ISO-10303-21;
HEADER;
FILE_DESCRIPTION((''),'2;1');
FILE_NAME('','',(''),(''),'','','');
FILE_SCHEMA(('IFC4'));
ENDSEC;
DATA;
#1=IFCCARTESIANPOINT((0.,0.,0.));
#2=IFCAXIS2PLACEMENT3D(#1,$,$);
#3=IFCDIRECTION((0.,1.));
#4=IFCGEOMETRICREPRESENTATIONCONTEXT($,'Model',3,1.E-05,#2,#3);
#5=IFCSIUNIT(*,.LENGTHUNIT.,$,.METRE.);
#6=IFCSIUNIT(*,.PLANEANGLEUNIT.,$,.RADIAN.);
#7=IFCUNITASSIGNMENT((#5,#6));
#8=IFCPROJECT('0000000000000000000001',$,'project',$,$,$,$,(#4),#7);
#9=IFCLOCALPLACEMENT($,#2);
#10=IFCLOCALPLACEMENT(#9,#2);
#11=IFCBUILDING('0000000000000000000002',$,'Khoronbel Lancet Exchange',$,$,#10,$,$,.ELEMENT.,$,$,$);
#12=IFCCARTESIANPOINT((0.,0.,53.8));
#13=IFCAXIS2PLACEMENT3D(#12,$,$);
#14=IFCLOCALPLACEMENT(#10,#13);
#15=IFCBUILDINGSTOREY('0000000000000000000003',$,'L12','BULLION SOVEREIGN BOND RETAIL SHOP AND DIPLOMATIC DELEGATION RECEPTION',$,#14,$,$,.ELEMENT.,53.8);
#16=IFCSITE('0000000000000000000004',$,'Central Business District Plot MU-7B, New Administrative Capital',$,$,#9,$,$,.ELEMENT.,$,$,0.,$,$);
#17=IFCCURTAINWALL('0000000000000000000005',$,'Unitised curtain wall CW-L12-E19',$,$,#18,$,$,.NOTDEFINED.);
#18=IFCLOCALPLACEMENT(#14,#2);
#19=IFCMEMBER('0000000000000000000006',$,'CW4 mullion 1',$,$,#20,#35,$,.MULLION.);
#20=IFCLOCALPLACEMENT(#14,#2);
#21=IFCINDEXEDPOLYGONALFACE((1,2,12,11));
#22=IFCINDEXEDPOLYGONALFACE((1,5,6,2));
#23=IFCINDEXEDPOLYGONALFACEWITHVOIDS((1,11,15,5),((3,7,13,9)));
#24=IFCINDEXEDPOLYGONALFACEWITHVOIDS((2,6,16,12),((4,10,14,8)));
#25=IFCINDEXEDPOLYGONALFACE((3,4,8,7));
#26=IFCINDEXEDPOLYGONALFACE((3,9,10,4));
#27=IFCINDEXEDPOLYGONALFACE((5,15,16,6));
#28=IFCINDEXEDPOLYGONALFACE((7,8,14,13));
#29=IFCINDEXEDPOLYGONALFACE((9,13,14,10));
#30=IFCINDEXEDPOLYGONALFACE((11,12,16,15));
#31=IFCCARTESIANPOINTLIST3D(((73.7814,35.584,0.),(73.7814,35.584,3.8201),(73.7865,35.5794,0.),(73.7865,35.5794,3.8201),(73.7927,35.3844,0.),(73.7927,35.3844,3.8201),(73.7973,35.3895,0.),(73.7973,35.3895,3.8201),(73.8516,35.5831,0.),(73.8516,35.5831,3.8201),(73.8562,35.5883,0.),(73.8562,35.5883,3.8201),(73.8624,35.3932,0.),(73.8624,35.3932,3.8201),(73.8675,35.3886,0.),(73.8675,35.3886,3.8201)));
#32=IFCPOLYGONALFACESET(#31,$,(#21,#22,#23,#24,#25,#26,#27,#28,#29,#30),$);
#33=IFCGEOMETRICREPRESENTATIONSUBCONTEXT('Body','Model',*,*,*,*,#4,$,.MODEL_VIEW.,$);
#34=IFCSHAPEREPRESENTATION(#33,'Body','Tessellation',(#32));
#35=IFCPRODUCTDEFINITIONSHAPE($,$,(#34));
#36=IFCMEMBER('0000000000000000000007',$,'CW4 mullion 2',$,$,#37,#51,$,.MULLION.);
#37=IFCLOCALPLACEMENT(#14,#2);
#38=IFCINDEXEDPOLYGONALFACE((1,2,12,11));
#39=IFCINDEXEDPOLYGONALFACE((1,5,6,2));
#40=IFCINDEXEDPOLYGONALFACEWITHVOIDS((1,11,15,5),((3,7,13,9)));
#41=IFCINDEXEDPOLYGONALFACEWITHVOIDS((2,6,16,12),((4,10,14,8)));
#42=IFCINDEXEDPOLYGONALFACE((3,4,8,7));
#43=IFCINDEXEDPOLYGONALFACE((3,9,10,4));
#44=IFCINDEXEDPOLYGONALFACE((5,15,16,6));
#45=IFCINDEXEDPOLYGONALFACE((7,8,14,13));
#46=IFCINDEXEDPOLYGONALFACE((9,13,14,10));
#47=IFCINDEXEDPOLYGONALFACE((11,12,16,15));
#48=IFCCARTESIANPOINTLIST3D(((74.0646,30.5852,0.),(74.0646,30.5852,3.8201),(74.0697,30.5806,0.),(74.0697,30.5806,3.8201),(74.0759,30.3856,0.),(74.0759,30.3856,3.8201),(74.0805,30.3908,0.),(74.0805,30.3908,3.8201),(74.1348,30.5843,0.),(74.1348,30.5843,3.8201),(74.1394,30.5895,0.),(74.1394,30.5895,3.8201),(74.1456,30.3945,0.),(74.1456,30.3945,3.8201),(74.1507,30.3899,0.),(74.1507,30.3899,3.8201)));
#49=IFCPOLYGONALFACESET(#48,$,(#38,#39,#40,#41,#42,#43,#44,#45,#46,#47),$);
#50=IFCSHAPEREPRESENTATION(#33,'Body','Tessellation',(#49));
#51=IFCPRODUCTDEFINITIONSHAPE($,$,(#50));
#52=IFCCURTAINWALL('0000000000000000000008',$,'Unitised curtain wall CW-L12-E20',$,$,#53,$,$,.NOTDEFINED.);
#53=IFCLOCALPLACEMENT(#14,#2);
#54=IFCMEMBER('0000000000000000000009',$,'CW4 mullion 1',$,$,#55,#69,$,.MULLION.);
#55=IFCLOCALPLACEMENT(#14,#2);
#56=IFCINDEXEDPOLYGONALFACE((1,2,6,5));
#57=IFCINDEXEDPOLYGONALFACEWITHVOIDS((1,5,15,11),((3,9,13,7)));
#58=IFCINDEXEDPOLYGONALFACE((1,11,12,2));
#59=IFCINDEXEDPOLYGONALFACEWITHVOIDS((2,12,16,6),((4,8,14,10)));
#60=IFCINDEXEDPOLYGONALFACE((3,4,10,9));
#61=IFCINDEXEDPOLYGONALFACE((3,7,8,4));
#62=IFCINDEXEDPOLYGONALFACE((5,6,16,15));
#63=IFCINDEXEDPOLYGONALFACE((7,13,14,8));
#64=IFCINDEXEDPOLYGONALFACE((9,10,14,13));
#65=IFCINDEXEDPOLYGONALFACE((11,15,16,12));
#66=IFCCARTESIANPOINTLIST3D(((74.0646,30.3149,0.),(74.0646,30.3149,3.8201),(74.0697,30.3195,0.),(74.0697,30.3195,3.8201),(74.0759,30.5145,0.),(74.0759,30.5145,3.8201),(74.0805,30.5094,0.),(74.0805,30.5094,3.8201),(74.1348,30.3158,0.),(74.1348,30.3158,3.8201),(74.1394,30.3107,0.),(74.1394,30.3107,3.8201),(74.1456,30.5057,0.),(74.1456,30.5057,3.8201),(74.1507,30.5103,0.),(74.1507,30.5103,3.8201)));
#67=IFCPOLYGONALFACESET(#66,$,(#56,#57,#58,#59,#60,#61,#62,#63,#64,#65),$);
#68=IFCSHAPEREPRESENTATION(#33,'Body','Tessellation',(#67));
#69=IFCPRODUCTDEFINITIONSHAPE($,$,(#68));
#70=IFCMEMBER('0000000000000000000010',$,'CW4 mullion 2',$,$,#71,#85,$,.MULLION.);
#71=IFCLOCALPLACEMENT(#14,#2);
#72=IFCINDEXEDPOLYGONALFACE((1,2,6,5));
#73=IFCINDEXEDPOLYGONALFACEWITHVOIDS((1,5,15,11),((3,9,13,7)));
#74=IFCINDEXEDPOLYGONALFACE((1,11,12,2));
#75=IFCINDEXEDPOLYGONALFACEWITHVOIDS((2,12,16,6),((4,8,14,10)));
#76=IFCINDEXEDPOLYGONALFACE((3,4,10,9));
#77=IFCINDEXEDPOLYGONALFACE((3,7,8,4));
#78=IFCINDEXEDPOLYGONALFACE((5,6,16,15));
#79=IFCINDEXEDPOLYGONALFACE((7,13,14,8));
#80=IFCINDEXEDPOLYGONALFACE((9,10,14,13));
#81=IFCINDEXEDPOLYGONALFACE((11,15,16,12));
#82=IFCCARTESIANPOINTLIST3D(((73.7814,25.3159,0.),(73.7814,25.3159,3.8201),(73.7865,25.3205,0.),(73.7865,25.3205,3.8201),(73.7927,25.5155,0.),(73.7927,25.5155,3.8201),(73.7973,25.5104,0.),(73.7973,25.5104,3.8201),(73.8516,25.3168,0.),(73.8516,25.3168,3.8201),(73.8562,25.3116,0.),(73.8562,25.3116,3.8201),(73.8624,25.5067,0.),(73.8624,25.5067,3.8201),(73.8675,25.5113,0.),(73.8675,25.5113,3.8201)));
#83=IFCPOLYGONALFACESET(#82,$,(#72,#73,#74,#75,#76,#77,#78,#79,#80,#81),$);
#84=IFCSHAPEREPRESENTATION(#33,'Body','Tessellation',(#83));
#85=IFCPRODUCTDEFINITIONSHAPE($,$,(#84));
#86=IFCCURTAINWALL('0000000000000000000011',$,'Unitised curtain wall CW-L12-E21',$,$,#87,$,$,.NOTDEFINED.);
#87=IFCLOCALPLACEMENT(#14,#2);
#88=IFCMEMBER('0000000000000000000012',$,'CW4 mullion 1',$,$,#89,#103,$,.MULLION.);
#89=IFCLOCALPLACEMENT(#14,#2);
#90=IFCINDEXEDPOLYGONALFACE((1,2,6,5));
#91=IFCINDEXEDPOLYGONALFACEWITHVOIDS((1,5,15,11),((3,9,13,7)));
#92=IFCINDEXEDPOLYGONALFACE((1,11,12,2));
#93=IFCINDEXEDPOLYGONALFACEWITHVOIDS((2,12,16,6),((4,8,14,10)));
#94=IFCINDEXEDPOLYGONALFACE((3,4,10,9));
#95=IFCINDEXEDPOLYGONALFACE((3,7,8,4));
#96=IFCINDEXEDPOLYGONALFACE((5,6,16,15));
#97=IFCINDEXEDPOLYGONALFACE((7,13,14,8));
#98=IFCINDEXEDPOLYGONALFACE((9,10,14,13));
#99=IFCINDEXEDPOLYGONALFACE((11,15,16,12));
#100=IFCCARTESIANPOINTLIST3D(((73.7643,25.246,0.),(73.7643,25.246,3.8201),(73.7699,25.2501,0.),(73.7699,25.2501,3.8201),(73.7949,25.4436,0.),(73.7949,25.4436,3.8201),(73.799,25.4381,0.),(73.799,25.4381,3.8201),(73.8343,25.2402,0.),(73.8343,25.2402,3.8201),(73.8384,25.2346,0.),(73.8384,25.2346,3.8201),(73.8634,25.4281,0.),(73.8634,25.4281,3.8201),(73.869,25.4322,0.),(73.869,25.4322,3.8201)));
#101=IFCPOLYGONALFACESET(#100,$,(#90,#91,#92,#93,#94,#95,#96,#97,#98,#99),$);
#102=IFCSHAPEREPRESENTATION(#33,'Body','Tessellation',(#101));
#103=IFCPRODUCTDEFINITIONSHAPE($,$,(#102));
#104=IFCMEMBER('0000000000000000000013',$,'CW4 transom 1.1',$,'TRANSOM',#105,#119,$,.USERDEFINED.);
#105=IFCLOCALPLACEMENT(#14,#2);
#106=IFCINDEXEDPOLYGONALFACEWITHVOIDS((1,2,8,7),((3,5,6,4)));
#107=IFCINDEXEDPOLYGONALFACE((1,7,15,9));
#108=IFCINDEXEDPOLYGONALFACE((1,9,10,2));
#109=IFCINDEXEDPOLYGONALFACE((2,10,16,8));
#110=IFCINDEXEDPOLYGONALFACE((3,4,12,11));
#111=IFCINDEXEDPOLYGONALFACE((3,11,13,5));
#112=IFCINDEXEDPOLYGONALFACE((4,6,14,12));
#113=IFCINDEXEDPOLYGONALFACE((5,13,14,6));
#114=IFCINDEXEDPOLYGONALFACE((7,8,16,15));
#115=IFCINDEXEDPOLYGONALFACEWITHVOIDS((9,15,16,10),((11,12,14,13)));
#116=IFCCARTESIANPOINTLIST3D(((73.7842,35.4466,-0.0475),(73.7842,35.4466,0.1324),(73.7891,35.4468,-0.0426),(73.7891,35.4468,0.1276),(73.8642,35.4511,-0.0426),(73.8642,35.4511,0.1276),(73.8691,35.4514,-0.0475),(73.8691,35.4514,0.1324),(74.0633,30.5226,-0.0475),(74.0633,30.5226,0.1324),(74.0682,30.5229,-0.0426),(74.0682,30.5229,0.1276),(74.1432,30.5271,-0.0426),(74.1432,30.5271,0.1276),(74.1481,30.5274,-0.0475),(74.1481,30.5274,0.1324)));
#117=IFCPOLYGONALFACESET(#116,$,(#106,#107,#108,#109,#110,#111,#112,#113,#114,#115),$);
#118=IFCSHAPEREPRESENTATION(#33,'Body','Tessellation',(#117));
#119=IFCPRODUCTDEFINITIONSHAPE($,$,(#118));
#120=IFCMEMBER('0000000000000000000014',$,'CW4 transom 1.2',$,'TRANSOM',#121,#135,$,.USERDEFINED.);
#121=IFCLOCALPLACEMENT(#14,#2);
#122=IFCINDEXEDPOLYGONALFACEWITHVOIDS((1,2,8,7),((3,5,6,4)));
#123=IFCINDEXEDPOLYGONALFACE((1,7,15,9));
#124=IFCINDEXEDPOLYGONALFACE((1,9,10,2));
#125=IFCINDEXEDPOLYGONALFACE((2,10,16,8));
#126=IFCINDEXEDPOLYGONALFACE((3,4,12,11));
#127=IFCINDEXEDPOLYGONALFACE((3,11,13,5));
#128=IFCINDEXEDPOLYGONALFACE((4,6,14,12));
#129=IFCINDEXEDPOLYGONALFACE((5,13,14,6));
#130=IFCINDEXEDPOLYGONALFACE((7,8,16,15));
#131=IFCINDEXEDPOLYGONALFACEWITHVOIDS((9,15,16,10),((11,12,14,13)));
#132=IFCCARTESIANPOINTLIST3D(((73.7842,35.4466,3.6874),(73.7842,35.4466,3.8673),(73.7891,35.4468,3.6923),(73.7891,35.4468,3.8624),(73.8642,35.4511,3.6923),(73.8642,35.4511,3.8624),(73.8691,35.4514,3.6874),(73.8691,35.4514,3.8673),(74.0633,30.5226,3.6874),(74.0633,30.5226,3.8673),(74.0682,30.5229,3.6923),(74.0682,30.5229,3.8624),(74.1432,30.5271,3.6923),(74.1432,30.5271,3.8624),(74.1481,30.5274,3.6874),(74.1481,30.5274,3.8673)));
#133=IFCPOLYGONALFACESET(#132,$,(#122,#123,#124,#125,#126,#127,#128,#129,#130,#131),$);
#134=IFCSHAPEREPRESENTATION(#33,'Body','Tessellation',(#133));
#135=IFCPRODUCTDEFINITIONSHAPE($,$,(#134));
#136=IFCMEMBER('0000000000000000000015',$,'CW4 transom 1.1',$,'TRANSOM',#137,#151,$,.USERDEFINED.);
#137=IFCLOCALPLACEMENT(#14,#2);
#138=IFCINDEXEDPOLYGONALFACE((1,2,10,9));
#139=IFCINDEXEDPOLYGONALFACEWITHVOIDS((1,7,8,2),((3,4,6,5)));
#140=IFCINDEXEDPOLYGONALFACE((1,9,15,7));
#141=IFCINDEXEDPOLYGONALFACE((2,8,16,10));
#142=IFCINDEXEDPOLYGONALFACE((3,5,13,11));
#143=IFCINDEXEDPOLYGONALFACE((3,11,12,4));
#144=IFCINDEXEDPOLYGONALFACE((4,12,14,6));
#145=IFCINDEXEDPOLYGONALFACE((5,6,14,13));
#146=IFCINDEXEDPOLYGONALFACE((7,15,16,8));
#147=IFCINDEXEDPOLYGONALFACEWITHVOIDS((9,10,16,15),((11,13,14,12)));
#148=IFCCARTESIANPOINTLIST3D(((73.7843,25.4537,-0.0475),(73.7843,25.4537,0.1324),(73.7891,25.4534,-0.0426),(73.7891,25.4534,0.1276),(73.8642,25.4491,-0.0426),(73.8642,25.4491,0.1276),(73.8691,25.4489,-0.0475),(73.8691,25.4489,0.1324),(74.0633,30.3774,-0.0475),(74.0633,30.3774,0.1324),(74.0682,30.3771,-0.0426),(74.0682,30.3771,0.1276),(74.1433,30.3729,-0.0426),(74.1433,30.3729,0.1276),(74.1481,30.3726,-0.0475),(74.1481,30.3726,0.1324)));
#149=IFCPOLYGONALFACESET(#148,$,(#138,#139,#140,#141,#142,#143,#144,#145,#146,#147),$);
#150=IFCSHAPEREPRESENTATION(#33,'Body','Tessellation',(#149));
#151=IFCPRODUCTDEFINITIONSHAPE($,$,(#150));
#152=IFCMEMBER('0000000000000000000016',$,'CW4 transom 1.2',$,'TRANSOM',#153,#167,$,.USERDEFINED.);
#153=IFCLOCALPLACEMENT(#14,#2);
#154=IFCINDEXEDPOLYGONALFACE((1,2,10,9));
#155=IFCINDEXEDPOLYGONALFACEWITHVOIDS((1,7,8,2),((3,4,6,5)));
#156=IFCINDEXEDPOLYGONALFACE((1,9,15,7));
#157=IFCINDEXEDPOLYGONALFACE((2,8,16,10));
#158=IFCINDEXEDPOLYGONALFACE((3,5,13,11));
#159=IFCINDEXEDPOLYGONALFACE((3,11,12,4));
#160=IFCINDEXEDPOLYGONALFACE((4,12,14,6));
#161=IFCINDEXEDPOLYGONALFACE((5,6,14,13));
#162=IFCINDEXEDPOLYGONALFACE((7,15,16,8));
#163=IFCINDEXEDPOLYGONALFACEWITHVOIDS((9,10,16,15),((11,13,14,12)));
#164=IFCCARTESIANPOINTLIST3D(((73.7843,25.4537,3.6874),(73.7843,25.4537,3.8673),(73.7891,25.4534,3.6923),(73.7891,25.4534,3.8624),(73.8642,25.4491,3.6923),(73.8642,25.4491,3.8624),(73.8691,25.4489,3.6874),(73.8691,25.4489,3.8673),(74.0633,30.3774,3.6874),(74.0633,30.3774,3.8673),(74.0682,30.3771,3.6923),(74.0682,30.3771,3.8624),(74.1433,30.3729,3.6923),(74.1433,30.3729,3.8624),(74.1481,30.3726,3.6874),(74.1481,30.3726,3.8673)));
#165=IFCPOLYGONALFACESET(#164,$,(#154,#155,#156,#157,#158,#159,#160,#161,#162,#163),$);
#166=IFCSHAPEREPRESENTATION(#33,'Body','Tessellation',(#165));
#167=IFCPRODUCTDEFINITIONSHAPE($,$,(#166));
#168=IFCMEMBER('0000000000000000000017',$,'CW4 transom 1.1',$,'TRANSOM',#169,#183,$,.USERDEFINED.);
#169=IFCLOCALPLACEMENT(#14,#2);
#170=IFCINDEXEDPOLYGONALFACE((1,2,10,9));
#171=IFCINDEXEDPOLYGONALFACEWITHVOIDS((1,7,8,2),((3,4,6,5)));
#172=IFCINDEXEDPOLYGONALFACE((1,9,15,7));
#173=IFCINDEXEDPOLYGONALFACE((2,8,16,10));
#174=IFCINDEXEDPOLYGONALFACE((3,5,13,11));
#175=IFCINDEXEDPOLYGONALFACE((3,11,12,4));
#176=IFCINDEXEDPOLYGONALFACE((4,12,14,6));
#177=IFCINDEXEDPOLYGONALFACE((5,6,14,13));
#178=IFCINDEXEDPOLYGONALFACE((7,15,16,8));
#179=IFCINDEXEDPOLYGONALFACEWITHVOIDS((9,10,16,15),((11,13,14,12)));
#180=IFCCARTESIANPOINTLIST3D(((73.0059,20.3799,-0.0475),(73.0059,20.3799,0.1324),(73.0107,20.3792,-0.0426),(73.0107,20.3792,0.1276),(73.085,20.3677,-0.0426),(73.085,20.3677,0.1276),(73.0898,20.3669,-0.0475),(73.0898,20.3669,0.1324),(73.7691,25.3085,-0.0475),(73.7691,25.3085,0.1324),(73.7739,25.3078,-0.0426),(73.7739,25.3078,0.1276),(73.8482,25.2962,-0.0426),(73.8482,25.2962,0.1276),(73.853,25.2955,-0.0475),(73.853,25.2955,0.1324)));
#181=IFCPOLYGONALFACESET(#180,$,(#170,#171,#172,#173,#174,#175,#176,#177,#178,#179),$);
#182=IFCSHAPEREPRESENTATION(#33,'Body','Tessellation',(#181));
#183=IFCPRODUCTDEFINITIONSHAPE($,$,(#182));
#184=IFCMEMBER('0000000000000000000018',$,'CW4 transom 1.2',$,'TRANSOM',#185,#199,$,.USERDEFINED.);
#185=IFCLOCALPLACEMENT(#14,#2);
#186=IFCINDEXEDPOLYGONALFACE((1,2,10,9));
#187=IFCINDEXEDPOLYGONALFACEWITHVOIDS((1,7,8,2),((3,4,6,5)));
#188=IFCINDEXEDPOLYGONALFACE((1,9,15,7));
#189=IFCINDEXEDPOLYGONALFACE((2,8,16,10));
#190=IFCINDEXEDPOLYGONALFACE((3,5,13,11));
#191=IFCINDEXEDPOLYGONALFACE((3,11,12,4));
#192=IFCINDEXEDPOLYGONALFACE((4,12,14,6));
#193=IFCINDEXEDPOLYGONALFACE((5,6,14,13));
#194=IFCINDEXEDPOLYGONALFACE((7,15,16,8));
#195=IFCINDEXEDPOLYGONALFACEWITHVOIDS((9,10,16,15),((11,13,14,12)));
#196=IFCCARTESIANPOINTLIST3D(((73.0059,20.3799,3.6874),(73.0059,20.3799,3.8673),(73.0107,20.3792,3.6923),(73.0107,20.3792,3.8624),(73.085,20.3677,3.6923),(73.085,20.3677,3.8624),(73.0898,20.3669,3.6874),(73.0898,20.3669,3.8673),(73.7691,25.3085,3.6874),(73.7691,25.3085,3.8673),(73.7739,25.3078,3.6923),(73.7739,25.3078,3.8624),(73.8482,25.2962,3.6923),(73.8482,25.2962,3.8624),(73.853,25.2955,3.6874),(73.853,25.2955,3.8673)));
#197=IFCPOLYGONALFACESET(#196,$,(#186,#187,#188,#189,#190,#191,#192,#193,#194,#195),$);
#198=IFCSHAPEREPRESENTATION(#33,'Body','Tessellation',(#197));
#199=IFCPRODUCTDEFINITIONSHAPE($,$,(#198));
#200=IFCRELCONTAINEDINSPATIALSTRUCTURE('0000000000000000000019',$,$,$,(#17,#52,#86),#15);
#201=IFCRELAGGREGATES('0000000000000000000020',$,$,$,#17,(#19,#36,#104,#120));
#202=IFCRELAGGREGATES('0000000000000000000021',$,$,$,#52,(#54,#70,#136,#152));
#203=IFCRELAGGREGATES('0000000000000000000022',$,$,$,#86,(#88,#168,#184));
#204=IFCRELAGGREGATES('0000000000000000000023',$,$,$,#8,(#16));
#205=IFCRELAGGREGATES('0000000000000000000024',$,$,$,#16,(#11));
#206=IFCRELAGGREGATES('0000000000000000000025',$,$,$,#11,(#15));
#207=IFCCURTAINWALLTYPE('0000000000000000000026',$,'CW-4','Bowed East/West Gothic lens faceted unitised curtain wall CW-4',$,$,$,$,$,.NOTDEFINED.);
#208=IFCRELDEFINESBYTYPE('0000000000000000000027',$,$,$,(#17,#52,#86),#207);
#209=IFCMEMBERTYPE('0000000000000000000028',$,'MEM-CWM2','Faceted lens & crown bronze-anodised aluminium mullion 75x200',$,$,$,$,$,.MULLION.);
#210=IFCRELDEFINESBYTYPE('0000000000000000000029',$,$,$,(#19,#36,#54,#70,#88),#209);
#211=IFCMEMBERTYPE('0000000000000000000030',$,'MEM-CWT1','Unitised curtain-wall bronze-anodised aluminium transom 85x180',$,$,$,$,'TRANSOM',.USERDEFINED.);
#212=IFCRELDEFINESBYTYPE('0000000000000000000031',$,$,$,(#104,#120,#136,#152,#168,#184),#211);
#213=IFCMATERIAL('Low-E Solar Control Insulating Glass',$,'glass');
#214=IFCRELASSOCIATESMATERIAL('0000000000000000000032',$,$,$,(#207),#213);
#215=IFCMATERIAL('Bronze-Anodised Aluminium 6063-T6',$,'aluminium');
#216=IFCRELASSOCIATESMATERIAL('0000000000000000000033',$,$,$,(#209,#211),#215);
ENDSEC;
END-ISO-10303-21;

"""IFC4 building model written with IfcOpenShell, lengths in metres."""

from ifc_helpers import new_model, si_unit, direction, frame, origin, origin_2d, place, context, subcontext, project, spatial, hollow_rectangle, extrude, material, material_profile, profile_set, type_object, element, aggregate, save


model = new_model("IFC4")

# Units and contexts
model_context = context("Model", 3, precision=1e-05, world=origin(), true_north=direction((0.0, 1.0)))
body_context = subcontext(model_context, "Body", "Model", "MODEL_VIEW")
ifc_project = project(units=[si_unit("LENGTHUNIT", "METRE"), si_unit("PLANEANGLEUNIT", "RADIAN")], contexts=[model_context])

# Site, building, storey
site_placement = place(None, origin())
site = spatial("IfcSite", under=ifc_project, at=site_placement, Name="Central Business District Plot MU-7B, New Administrative Capital", CompositionType="ELEMENT", RefElevation=0.0)
building_placement = place(site_placement, origin())
building = spatial("IfcBuilding", under=site, at=building_placement, Name="Khoronbel Lancet Exchange", CompositionType="ELEMENT")
storey_placement = place(building_placement, frame((0.0, 0.0, 53.8)))
storey = spatial("IfcBuildingStorey", under=building, at=storey_placement, Name="L12", Description="BULLION SOVEREIGN BOND RETAIL SHOP AND DIPLOMATIC DELEGATION RECEPTION", CompositionType="ELEMENT", Elevation=53.8)

# Shared definitions
ifc_material_1 = material(Name="Low-E Solar Control Insulating Glass", Category="glass")
curtain_wall_type = type_object("IfcCurtainWallType", Name="CW-4", Description="Bowed East/West Gothic lens faceted unitised curtain wall CW-4", PredefinedType="NOTDEFINED", material=ifc_material_1)
ifc_material_2 = material(Name="Bronze-Anodised Aluminium 6063-T6", Category="aluminium")
ifc_material_profile_1 = material_profile(ifc_material_2, hollow_rectangle(XDim=0.075, YDim=0.2, WallThickness=0.0049, at=origin_2d()), Name="ALU MULLION 75x200")
ifc_profile_set_1 = profile_set([ifc_material_profile_1], Name="Bronze-Anodised Aluminium 6063-T6")
member_type_1 = type_object("IfcMemberType", Name="MEM-CWM2", Description="Faceted lens & crown bronze-anodised aluminium mullion 75x200", PredefinedType="MULLION", material=ifc_profile_set_1)

# Curtain walls, members
curtain_wall_1_placement = place(storey_placement, origin())
curtain_wall_1 = element("IfcCurtainWall", 1, at=curtain_wall_1_placement, inside=storey, type_object=curtain_wall_type, Name="Unitised curtain wall CW-L12-E19", PredefinedType="NOTDEFINED")
member_1_placement = place(storey_placement, frame((73.8245, 35.4863, 0.0), z_axis=(0.0, 0.0, 1.0), x_axis=(0.998398, 0.056573, 0.0)))
member_1 = element("IfcMember", 2, at=member_1_placement, type_object=member_type_1, Name="CW4 mullion 1", PredefinedType="MULLION", context=body_context, shape_type="SweptSolid", body=[
    extrude(hollow_rectangle(XDim=0.075, YDim=0.2, WallThickness=0.0049, at=origin_2d()), origin(), (0.0, 0.0, 1.0), 3.8201),
])
member_2_placement = place(storey_placement, frame((74.1077, 30.4875, 0.0), z_axis=(0.0, 0.0, 1.0), x_axis=(0.998398, 0.056573, 0.0)))
member_2 = element("IfcMember", 3, at=member_2_placement, type_object=member_type_1, Name="CW4 mullion 2", PredefinedType="MULLION", context=body_context, shape_type="SweptSolid", body=[
    extrude(hollow_rectangle(XDim=0.075, YDim=0.2, WallThickness=0.0049, at=origin_2d()), origin(), (0.0, 0.0, 1.0), 3.8201),
])
curtain_wall_2_placement = place(storey_placement, origin())
curtain_wall_2 = element("IfcCurtainWall", 4, at=curtain_wall_2_placement, inside=storey, type_object=curtain_wall_type, Name="Unitised curtain wall CW-L12-E20", PredefinedType="NOTDEFINED")
member_3_placement = place(storey_placement, frame((74.1077, 30.4126, 0.0), z_axis=(0.0, 0.0, 1.0), x_axis=(0.998398, -0.056573, 0.0)))
member_3 = element("IfcMember", 5, at=member_3_placement, type_object=member_type_1, Name="CW4 mullion 1", PredefinedType="MULLION", context=body_context, shape_type="SweptSolid", body=[
    extrude(hollow_rectangle(XDim=0.075, YDim=0.2, WallThickness=0.0049, at=origin_2d()), origin(), (0.0, 0.0, 1.0), 3.8201),
])
member_4_placement = place(storey_placement, frame((73.8245, 25.4136, 0.0), z_axis=(0.0, 0.0, 1.0), x_axis=(0.998398, -0.056573, 0.0)))
member_4 = element("IfcMember", 6, at=member_4_placement, type_object=member_type_1, Name="CW4 mullion 2", PredefinedType="MULLION", context=body_context, shape_type="SweptSolid", body=[
    extrude(hollow_rectangle(XDim=0.075, YDim=0.2, WallThickness=0.0049, at=origin_2d()), origin(), (0.0, 0.0, 1.0), 3.8201),
])

# Curtain wall, member
curtain_wall_3_placement = place(storey_placement, origin())
curtain_wall_3 = element("IfcCurtainWall", 7, at=curtain_wall_3_placement, inside=storey, type_object=curtain_wall_type, Name="Unitised curtain wall CW-L12-E21", PredefinedType="NOTDEFINED")
member_5_placement = place(storey_placement, frame((73.8167, 25.3391, 0.0), z_axis=(0.0, 0.0, 1.0), x_axis=(0.988226, -0.153002, 0.0)))
member_5 = element("IfcMember", 8, at=member_5_placement, type_object=member_type_1, Name="CW4 mullion 1", PredefinedType="MULLION", context=body_context, shape_type="SweptSolid", body=[
    extrude(hollow_rectangle(XDim=0.075, YDim=0.2, WallThickness=0.0049, at=origin_2d()), origin(), (0.0, 0.0, 1.0), 3.8201),
])

# Members
ifc_material_profile_2 = material_profile(ifc_material_2, hollow_rectangle(XDim=0.085, YDim=0.1799, WallThickness=0.0049, at=origin_2d()), Name="ALU TRANSOM 85x180")
ifc_profile_set_2 = profile_set([ifc_material_profile_2], Name="Bronze-Anodised Aluminium 6063-T6")
member_type_2 = type_object("IfcMemberType", Name="MEM-CWT1", Description="Unitised curtain-wall bronze-anodised aluminium transom 85x180", ElementType="TRANSOM", PredefinedType="USERDEFINED", material=ifc_profile_set_2)
member_6_placement = place(storey_placement, frame((73.8267, 35.449, 0.0425), z_axis=(0.05658, -0.998398, 0.0), x_axis=(0.998398, 0.05658, 0.0)))
member_6 = element("IfcMember", 9, at=member_6_placement, type_object=member_type_2, Name="CW4 transom 1.1", ObjectType="TRANSOM", PredefinedType="USERDEFINED", context=body_context, shape_type="SweptSolid", body=[
    extrude(hollow_rectangle(XDim=0.085, YDim=0.1799, WallThickness=0.0049, at=origin_2d()), origin(), (0.0, 0.0, 1.0), 4.9319),
])
member_7_placement = place(storey_placement, frame((73.8267, 35.449, 3.7773), z_axis=(0.05658, -0.998398, 0.0), x_axis=(0.998398, 0.05658, 0.0)))
member_7 = element("IfcMember", 10, at=member_7_placement, type_object=member_type_2, Name="CW4 transom 1.2", ObjectType="TRANSOM", PredefinedType="USERDEFINED", context=body_context, shape_type="SweptSolid", body=[
    extrude(hollow_rectangle(XDim=0.085, YDim=0.1799, WallThickness=0.0049, at=origin_2d()), origin(), (0.0, 0.0, 1.0), 4.9319),
])
member_8_placement = place(storey_placement, frame((74.1057, 30.375, 0.0425), z_axis=(-0.056583, -0.998398, 0.0), x_axis=(0.998398, -0.056583, 0.0)))
member_8 = element("IfcMember", 11, at=member_8_placement, type_object=member_type_2, Name="CW4 transom 1.1", ObjectType="TRANSOM", PredefinedType="USERDEFINED", context=body_context, shape_type="SweptSolid", body=[
    extrude(hollow_rectangle(XDim=0.085, YDim=0.1799, WallThickness=0.0049, at=origin_2d()), origin(), (0.0, 0.0, 1.0), 4.9316),
])
member_9_placement = place(storey_placement, frame((74.1057, 30.375, 3.7773), z_axis=(-0.056583, -0.998398, 0.0), x_axis=(0.998398, -0.056583, 0.0)))
member_9 = element("IfcMember", 12, at=member_9_placement, type_object=member_type_2, Name="CW4 transom 1.2", ObjectType="TRANSOM", PredefinedType="USERDEFINED", context=body_context, shape_type="SweptSolid", body=[
    extrude(hollow_rectangle(XDim=0.085, YDim=0.1799, WallThickness=0.0049, at=origin_2d()), origin(), (0.0, 0.0, 1.0), 4.9316),
])
member_10_placement = place(storey_placement, frame((73.811, 25.302, 0.0425), z_axis=(-0.153028, -0.988222, 0.0), x_axis=(0.988222, -0.153028, 0.0)))
member_10 = element("IfcMember", 13, at=member_10_placement, type_object=member_type_2, Name="CW4 transom 1.1", ObjectType="TRANSOM", PredefinedType="USERDEFINED", context=body_context, shape_type="SweptSolid", body=[
    extrude(hollow_rectangle(XDim=0.085, YDim=0.1799, WallThickness=0.0049, at=origin_2d()), origin(), (0.0, 0.0, 1.0), 4.9873),
])
member_11_placement = place(storey_placement, frame((73.811, 25.302, 3.7773), z_axis=(-0.153028, -0.988222, 0.0), x_axis=(0.988222, -0.153028, 0.0)))
member_11 = element("IfcMember", 14, at=member_11_placement, type_object=member_type_2, Name="CW4 transom 1.2", ObjectType="TRANSOM", PredefinedType="USERDEFINED", context=body_context, shape_type="SweptSolid", body=[
    extrude(hollow_rectangle(XDim=0.085, YDim=0.1799, WallThickness=0.0049, at=origin_2d()), origin(), (0.0, 0.0, 1.0), 4.9873),
])

aggregate(curtain_wall_1, [member_1, member_2, member_6, member_7])
aggregate(curtain_wall_2, [member_3, member_4, member_8, member_9])
aggregate(curtain_wall_3, [member_5, member_10, member_11])

save(model, "model.ifc")
